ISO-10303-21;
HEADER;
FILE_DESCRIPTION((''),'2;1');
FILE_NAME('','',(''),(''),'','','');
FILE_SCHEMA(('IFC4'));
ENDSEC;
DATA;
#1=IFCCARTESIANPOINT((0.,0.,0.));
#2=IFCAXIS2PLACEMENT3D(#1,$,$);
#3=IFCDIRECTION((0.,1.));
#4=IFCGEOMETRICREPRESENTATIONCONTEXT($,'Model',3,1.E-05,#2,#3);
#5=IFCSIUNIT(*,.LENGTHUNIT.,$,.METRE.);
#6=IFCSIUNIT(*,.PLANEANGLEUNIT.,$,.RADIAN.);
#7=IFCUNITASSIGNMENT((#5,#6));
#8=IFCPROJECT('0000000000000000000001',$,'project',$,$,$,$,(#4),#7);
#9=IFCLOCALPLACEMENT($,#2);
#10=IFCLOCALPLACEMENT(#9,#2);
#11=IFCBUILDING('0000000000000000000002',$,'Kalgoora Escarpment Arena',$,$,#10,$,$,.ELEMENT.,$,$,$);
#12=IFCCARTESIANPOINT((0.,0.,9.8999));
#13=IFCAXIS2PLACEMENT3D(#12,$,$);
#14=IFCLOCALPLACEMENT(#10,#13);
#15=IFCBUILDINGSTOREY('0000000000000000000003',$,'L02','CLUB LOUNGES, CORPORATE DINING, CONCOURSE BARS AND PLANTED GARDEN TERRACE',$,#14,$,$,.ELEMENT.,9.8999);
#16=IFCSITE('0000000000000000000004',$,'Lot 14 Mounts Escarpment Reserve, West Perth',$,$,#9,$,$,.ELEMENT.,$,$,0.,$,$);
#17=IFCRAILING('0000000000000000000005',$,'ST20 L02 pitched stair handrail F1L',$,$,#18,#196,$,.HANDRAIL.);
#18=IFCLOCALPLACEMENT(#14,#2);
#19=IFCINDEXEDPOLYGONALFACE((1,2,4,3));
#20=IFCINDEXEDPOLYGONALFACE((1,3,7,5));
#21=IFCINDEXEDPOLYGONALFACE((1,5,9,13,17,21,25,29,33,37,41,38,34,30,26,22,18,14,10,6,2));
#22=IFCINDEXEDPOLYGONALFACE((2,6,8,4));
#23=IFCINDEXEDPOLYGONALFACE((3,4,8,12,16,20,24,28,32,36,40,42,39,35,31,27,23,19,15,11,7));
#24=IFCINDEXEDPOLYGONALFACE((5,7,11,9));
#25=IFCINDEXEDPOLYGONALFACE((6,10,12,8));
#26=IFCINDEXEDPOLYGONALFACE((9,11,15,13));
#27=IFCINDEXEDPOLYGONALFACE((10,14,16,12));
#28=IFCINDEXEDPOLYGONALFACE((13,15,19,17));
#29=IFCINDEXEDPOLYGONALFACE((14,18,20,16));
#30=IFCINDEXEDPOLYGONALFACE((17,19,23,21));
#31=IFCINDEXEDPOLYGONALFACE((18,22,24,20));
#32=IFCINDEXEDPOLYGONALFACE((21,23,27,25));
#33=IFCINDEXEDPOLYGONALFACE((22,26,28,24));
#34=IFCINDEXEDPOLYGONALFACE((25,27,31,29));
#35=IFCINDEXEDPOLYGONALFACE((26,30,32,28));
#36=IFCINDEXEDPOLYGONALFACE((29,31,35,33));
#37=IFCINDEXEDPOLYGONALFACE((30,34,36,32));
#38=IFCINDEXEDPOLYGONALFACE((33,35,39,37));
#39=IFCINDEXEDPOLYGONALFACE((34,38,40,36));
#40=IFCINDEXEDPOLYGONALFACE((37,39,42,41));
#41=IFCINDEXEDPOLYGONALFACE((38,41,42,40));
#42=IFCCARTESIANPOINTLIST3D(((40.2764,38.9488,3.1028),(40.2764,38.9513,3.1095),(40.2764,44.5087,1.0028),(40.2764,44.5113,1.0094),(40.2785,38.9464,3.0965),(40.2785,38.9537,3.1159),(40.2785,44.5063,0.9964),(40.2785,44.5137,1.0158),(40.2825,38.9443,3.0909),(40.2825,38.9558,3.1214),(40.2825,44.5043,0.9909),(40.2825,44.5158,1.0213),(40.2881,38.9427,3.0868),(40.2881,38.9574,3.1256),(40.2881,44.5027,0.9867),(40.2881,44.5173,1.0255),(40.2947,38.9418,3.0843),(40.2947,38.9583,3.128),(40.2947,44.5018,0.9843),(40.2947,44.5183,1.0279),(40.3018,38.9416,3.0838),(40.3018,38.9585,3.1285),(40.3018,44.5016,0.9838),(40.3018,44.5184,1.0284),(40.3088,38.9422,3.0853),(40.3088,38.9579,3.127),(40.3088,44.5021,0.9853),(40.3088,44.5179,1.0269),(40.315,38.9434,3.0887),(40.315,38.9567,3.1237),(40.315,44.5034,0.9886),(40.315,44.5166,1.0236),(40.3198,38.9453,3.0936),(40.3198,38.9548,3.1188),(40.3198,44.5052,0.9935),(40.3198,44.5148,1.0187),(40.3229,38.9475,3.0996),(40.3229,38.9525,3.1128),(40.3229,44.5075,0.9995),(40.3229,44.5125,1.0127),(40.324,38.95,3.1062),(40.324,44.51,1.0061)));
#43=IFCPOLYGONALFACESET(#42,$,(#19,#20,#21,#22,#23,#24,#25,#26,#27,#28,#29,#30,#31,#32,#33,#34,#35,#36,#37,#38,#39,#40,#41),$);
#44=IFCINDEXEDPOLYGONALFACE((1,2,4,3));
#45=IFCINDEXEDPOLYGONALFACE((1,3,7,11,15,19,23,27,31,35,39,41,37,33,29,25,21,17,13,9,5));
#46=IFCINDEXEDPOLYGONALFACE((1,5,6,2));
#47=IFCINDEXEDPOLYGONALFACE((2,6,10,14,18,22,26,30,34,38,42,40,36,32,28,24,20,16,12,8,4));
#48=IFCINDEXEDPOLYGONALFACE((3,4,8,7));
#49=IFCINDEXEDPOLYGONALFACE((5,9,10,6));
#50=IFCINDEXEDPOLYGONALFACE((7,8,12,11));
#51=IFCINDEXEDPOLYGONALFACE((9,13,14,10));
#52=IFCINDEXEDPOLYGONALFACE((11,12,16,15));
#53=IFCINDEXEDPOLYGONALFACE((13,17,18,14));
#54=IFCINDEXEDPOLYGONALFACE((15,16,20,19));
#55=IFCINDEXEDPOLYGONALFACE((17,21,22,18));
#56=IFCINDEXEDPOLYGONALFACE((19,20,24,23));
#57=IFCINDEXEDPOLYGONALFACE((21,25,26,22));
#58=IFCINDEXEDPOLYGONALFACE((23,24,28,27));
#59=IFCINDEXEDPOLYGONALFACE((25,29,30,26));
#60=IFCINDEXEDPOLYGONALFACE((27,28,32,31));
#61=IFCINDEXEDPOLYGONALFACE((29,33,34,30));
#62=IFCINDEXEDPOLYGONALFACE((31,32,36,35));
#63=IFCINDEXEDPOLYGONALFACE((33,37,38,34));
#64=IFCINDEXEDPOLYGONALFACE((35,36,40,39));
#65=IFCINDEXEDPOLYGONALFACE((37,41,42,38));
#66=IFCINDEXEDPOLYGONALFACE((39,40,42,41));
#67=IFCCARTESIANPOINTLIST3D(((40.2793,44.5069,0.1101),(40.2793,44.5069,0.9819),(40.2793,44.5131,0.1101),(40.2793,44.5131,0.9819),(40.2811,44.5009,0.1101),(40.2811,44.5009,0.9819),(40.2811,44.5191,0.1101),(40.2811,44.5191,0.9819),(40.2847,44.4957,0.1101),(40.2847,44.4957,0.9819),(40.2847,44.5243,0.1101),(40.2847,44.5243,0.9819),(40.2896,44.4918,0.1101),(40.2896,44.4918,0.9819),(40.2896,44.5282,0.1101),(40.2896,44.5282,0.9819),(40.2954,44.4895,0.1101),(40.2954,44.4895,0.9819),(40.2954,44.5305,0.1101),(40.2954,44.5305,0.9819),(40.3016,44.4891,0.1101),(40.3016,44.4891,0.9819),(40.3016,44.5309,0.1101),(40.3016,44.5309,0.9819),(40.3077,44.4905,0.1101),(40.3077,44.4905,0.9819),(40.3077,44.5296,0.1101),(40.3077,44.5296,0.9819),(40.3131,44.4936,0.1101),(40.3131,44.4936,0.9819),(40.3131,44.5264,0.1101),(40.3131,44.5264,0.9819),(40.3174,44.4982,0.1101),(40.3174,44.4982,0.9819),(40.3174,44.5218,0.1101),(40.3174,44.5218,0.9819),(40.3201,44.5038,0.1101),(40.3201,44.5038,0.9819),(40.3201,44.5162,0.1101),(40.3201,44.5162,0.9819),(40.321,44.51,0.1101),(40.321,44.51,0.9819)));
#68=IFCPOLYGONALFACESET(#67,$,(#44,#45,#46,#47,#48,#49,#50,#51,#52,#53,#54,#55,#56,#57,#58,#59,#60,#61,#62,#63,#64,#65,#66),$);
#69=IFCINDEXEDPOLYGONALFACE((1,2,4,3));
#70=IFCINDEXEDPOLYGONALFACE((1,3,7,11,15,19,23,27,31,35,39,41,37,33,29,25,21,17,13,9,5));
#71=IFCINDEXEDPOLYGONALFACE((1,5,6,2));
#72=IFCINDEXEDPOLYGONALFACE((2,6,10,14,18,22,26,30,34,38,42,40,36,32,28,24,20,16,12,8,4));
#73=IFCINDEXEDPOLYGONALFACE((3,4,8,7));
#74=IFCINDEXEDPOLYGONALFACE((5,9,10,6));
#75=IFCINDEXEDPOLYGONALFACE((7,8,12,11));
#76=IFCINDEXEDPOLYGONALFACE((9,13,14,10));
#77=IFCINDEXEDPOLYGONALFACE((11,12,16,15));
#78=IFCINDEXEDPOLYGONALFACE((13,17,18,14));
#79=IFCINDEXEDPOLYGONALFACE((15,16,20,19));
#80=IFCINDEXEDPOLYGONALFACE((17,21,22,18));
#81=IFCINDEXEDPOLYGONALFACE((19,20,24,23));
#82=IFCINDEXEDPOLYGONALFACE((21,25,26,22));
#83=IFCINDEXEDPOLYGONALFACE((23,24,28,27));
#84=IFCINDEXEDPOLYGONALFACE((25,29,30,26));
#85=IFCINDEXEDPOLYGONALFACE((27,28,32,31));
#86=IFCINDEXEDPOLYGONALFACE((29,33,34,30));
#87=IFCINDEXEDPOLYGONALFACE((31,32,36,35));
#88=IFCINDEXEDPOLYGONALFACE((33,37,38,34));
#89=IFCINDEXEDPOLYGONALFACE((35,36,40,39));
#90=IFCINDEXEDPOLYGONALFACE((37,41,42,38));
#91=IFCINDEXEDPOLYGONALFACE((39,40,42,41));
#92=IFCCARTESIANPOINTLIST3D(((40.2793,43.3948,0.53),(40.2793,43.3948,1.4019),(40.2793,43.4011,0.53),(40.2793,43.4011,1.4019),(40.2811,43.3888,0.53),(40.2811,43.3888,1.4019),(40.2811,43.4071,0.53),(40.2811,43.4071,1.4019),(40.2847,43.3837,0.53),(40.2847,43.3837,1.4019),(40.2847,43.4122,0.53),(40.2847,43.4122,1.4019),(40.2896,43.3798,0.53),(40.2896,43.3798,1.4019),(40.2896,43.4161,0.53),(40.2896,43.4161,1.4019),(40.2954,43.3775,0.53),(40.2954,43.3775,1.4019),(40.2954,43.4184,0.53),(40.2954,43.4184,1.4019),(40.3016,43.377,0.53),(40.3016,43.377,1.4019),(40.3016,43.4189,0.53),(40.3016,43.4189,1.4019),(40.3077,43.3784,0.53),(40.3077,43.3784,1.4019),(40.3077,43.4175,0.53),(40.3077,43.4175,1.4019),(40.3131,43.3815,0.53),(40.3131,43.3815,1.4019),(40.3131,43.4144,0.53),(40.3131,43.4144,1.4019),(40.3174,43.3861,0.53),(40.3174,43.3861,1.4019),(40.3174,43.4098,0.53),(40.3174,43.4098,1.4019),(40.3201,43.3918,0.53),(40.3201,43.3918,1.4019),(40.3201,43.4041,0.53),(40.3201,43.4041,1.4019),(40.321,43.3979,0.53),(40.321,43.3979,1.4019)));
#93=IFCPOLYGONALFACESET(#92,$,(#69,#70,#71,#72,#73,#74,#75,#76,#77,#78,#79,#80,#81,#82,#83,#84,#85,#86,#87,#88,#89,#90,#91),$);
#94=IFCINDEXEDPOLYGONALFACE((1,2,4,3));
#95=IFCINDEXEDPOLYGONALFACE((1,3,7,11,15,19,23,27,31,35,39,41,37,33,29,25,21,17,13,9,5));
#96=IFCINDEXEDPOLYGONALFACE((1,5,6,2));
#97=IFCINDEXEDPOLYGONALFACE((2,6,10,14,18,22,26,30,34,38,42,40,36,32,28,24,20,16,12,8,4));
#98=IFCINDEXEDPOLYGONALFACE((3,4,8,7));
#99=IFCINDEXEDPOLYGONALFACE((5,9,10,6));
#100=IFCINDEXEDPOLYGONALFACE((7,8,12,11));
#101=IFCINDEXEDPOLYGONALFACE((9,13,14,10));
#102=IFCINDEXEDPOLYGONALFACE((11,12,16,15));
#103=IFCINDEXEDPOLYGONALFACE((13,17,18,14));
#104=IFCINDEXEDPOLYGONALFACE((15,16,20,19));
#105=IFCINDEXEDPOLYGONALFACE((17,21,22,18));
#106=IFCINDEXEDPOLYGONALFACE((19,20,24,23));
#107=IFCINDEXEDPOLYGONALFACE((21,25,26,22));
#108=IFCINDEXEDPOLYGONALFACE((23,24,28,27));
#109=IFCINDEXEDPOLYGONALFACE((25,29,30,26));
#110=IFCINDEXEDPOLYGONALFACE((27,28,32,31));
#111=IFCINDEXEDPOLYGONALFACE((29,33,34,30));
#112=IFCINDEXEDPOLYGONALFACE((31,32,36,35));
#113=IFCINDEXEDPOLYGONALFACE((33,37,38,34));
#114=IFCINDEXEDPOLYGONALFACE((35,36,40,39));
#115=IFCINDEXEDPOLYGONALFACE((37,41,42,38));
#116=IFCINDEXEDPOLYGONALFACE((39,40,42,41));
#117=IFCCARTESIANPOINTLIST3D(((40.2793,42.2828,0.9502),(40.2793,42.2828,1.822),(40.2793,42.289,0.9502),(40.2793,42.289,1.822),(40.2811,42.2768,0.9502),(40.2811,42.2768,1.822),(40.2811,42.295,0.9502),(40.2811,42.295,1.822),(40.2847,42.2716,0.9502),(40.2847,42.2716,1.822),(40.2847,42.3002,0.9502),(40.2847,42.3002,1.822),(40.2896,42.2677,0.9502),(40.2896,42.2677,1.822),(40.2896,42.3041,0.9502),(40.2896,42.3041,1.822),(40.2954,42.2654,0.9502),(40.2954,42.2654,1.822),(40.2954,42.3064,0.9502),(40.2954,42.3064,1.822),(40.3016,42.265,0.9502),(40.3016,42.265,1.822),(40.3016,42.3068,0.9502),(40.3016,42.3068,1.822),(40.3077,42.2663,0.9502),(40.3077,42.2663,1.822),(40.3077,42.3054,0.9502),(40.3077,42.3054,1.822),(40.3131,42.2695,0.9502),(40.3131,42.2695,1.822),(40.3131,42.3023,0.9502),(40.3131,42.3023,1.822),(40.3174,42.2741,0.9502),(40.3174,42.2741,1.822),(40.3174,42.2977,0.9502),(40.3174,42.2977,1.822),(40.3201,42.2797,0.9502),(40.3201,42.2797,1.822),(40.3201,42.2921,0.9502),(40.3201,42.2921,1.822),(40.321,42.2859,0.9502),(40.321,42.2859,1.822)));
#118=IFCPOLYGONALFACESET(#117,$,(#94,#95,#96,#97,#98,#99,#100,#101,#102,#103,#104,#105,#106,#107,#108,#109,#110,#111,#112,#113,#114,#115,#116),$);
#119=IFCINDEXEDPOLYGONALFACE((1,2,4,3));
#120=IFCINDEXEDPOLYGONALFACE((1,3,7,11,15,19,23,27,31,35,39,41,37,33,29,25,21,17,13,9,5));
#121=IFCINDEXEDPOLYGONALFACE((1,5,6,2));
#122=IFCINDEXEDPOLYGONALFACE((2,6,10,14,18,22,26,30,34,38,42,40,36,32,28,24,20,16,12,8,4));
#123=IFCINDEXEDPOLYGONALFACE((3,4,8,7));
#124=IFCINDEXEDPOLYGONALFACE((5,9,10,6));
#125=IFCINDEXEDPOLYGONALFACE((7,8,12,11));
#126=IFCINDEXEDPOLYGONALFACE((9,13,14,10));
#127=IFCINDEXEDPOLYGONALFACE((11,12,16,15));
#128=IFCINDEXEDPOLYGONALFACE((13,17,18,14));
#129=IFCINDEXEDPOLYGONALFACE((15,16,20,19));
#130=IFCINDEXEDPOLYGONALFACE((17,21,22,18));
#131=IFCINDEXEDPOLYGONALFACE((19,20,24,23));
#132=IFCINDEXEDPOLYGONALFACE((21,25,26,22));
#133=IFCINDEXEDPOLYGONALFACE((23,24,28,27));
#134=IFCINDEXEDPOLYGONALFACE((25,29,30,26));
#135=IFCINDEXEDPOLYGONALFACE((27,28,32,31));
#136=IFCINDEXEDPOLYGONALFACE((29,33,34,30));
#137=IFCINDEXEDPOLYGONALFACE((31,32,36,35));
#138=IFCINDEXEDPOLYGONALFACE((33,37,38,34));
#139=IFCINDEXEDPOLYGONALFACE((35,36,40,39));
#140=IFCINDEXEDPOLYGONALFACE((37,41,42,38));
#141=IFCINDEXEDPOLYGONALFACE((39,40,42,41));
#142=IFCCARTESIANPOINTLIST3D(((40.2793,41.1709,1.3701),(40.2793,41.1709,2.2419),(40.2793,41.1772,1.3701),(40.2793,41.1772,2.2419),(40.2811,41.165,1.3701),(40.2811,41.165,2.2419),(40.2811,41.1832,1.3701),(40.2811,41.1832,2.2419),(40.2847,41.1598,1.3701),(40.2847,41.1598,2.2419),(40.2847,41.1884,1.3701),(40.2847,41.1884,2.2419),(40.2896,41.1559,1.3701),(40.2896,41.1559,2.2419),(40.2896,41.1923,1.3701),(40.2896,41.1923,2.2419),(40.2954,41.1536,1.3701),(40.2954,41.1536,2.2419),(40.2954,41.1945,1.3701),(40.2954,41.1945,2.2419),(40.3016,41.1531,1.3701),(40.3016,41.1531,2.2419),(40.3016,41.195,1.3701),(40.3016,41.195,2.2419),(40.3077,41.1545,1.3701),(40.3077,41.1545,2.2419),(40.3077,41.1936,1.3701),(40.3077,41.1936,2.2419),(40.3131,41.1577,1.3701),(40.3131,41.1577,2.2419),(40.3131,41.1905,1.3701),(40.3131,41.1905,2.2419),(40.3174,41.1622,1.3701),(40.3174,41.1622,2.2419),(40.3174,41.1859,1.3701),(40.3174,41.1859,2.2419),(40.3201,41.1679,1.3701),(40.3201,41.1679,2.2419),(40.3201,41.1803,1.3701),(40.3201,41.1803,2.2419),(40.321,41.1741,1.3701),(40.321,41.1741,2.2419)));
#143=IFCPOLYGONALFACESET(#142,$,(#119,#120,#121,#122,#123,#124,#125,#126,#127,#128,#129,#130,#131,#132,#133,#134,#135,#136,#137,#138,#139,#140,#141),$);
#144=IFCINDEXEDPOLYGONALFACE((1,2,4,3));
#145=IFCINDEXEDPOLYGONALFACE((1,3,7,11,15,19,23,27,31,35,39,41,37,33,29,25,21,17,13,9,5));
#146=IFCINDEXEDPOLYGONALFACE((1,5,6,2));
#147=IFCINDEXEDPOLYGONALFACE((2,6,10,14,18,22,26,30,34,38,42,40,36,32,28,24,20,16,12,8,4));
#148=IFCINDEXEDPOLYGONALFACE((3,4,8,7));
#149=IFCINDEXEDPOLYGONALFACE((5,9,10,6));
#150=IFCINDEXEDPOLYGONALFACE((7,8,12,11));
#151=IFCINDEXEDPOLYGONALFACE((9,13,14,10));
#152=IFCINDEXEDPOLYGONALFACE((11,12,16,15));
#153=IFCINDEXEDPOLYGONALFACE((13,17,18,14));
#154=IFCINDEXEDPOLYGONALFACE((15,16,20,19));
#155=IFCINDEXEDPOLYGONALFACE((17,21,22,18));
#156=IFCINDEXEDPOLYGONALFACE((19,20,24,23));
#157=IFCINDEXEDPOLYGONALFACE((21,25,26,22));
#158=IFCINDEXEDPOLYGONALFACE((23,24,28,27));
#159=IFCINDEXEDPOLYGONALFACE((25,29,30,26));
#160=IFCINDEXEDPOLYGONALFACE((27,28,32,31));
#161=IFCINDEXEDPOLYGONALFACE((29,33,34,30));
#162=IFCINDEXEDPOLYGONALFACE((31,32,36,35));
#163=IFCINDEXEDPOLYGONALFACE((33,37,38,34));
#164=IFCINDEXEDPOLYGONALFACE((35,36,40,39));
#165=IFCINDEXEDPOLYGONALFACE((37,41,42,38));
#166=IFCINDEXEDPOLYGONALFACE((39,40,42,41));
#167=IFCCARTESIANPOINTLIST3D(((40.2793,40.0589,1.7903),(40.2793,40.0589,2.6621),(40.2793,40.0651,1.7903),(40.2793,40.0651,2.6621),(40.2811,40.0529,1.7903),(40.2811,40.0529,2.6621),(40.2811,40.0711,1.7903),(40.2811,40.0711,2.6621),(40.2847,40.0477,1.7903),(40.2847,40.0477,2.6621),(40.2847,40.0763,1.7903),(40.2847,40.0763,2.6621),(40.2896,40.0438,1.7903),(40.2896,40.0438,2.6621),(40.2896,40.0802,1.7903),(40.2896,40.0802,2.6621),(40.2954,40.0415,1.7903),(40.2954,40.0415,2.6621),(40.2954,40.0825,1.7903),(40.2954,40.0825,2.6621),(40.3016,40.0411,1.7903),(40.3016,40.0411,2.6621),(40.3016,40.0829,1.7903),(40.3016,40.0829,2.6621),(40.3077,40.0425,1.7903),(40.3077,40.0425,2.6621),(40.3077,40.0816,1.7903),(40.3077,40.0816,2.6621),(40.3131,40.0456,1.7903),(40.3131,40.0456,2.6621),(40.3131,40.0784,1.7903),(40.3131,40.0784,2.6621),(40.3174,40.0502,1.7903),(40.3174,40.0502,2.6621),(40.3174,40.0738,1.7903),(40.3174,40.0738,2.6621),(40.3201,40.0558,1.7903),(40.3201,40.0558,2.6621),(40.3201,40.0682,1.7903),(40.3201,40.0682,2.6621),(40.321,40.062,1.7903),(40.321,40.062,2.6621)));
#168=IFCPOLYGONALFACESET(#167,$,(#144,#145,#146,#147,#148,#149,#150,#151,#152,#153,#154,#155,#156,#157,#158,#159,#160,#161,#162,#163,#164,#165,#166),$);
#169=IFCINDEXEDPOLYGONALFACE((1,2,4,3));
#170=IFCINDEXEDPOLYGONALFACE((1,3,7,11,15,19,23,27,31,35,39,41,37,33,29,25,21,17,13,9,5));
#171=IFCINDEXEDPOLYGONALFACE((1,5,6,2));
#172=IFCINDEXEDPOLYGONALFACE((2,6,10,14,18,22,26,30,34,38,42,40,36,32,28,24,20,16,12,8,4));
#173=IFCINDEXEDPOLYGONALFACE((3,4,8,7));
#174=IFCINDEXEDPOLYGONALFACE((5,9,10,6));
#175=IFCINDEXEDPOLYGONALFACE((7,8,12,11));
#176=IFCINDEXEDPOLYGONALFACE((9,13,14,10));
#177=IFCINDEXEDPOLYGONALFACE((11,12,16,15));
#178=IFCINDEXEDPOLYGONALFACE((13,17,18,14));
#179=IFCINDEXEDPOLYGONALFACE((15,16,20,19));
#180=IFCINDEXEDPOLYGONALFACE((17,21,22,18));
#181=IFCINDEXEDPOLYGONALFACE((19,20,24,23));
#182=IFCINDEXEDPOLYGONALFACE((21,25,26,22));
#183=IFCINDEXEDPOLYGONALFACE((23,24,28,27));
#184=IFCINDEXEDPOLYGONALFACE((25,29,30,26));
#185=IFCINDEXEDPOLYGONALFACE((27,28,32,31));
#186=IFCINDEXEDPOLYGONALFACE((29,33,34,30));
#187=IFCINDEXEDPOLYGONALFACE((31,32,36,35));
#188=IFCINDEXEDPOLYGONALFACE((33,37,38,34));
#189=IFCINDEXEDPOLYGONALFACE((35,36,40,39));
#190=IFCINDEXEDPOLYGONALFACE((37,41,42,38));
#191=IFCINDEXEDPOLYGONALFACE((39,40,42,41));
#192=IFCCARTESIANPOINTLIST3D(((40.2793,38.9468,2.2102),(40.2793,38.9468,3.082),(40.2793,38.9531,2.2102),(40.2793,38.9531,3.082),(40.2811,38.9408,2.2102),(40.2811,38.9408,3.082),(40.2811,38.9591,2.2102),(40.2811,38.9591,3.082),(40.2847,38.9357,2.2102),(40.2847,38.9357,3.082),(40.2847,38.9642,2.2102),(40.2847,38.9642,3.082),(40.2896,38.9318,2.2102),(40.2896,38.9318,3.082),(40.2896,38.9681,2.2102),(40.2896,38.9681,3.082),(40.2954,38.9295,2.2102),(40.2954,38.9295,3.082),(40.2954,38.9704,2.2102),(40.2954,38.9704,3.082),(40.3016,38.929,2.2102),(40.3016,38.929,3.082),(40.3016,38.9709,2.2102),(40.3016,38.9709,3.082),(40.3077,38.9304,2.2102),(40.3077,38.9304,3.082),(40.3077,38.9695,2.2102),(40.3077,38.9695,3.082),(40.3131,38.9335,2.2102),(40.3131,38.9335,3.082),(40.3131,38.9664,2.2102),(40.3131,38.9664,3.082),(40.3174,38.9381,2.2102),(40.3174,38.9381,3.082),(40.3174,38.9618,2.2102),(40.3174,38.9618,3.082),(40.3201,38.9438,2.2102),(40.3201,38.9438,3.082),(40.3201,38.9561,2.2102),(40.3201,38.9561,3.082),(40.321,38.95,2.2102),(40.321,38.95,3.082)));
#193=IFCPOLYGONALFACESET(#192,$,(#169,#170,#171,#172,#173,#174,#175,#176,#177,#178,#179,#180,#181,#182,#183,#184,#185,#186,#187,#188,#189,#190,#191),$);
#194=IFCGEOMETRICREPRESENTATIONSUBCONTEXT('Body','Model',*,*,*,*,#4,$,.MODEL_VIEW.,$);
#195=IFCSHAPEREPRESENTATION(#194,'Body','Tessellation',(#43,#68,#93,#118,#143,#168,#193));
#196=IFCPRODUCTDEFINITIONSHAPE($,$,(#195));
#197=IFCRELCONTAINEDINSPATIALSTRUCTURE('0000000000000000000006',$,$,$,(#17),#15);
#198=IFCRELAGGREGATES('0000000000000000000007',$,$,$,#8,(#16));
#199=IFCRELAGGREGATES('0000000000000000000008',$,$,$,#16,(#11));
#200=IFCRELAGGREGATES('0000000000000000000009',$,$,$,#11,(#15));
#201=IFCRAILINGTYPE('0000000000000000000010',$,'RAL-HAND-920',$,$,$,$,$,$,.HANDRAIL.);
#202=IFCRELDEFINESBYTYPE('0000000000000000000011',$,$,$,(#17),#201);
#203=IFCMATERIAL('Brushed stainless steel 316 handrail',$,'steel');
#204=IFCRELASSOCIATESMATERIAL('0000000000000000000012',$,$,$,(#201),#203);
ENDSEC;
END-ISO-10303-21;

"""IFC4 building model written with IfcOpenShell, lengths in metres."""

from ifc_helpers import new_model, si_unit, direction, frame, origin, origin_2d, place, context, subcontext, project, spatial, circle, extrude, material, type_object, element, save


model = new_model("IFC4")

# Units and contexts
model_context = context("Model", 3, precision=1e-05, world=origin(), true_north=direction((0.0, 1.0)))
body_context = subcontext(model_context, "Body", "Model", "MODEL_VIEW")
ifc_project = project(units=[si_unit("LENGTHUNIT", "METRE"), si_unit("PLANEANGLEUNIT", "RADIAN")], contexts=[model_context])

# Site, building, storey
site_placement = place(None, origin())
site = spatial("IfcSite", under=ifc_project, at=site_placement, Name="Lot 14 Mounts Escarpment Reserve, West Perth", CompositionType="ELEMENT", RefElevation=0.0)
building_placement = place(site_placement, origin())
building = spatial("IfcBuilding", under=site, at=building_placement, Name="Kalgoora Escarpment Arena", CompositionType="ELEMENT")
storey_placement = place(building_placement, frame((0.0, 0.0, 9.8999)))
storey = spatial("IfcBuildingStorey", under=building, at=storey_placement, Name="L02", Description="CLUB LOUNGES, CORPORATE DINING, CONCOURSE BARS AND PLANTED GARDEN TERRACE", CompositionType="ELEMENT", Elevation=9.8999)

# Railing
ifc_material_1 = material(Name="Brushed stainless steel 316 handrail", Category="steel")
railing_type_1 = type_object("IfcRailingType", Name="RAL-HAND-920", PredefinedType="HANDRAIL", material=ifc_material_1)
railing_1_placement = place(storey_placement, frame((40.3, 44.51, 0.1101)))
element("IfcRailing", 1, at=railing_1_placement, inside=storey, type_object=railing_type_1, Name="ST20 L02 pitched stair handrail F1L", PredefinedType="HANDRAIL", context=body_context, shape_type="SweptSolid", body=[
    extrude(circle(Radius=0.0239, at=origin_2d()), frame((0.0, 0.0, 0.896), z_axis=(0.0, -0.935493, 0.353346), x_axis=(1.0, 0.0, 0.0)), (0.0, 0.0, 1.0), 5.9434),
    extrude(circle(Radius=0.021, at=origin_2d()), origin(), (0.0, 0.0, 1.0), 0.8718),
    extrude(circle(Radius=0.021, at=origin_2d()), frame((0.0, -1.1121, 0.4199)), (0.0, 0.0, 1.0), 0.8718),
    extrude(circle(Radius=0.021, at=origin_2d()), frame((0.0, -2.2241, 0.8401)), (0.0, 0.0, 1.0), 0.8718),
    extrude(circle(Radius=0.021, at=origin_2d()), frame((0.0, -3.3359, 1.26)), (0.0, 0.0, 1.0), 0.8718),
    extrude(circle(Radius=0.021, at=origin_2d()), frame((0.0, -4.448, 1.6802)), (0.0, 0.0, 1.0), 0.8718),
    extrude(circle(Radius=0.021, at=origin_2d()), frame((0.0, -5.5601, 2.1001)), (0.0, 0.0, 1.0), 0.8718),
])

save(model, "model.ifc")
